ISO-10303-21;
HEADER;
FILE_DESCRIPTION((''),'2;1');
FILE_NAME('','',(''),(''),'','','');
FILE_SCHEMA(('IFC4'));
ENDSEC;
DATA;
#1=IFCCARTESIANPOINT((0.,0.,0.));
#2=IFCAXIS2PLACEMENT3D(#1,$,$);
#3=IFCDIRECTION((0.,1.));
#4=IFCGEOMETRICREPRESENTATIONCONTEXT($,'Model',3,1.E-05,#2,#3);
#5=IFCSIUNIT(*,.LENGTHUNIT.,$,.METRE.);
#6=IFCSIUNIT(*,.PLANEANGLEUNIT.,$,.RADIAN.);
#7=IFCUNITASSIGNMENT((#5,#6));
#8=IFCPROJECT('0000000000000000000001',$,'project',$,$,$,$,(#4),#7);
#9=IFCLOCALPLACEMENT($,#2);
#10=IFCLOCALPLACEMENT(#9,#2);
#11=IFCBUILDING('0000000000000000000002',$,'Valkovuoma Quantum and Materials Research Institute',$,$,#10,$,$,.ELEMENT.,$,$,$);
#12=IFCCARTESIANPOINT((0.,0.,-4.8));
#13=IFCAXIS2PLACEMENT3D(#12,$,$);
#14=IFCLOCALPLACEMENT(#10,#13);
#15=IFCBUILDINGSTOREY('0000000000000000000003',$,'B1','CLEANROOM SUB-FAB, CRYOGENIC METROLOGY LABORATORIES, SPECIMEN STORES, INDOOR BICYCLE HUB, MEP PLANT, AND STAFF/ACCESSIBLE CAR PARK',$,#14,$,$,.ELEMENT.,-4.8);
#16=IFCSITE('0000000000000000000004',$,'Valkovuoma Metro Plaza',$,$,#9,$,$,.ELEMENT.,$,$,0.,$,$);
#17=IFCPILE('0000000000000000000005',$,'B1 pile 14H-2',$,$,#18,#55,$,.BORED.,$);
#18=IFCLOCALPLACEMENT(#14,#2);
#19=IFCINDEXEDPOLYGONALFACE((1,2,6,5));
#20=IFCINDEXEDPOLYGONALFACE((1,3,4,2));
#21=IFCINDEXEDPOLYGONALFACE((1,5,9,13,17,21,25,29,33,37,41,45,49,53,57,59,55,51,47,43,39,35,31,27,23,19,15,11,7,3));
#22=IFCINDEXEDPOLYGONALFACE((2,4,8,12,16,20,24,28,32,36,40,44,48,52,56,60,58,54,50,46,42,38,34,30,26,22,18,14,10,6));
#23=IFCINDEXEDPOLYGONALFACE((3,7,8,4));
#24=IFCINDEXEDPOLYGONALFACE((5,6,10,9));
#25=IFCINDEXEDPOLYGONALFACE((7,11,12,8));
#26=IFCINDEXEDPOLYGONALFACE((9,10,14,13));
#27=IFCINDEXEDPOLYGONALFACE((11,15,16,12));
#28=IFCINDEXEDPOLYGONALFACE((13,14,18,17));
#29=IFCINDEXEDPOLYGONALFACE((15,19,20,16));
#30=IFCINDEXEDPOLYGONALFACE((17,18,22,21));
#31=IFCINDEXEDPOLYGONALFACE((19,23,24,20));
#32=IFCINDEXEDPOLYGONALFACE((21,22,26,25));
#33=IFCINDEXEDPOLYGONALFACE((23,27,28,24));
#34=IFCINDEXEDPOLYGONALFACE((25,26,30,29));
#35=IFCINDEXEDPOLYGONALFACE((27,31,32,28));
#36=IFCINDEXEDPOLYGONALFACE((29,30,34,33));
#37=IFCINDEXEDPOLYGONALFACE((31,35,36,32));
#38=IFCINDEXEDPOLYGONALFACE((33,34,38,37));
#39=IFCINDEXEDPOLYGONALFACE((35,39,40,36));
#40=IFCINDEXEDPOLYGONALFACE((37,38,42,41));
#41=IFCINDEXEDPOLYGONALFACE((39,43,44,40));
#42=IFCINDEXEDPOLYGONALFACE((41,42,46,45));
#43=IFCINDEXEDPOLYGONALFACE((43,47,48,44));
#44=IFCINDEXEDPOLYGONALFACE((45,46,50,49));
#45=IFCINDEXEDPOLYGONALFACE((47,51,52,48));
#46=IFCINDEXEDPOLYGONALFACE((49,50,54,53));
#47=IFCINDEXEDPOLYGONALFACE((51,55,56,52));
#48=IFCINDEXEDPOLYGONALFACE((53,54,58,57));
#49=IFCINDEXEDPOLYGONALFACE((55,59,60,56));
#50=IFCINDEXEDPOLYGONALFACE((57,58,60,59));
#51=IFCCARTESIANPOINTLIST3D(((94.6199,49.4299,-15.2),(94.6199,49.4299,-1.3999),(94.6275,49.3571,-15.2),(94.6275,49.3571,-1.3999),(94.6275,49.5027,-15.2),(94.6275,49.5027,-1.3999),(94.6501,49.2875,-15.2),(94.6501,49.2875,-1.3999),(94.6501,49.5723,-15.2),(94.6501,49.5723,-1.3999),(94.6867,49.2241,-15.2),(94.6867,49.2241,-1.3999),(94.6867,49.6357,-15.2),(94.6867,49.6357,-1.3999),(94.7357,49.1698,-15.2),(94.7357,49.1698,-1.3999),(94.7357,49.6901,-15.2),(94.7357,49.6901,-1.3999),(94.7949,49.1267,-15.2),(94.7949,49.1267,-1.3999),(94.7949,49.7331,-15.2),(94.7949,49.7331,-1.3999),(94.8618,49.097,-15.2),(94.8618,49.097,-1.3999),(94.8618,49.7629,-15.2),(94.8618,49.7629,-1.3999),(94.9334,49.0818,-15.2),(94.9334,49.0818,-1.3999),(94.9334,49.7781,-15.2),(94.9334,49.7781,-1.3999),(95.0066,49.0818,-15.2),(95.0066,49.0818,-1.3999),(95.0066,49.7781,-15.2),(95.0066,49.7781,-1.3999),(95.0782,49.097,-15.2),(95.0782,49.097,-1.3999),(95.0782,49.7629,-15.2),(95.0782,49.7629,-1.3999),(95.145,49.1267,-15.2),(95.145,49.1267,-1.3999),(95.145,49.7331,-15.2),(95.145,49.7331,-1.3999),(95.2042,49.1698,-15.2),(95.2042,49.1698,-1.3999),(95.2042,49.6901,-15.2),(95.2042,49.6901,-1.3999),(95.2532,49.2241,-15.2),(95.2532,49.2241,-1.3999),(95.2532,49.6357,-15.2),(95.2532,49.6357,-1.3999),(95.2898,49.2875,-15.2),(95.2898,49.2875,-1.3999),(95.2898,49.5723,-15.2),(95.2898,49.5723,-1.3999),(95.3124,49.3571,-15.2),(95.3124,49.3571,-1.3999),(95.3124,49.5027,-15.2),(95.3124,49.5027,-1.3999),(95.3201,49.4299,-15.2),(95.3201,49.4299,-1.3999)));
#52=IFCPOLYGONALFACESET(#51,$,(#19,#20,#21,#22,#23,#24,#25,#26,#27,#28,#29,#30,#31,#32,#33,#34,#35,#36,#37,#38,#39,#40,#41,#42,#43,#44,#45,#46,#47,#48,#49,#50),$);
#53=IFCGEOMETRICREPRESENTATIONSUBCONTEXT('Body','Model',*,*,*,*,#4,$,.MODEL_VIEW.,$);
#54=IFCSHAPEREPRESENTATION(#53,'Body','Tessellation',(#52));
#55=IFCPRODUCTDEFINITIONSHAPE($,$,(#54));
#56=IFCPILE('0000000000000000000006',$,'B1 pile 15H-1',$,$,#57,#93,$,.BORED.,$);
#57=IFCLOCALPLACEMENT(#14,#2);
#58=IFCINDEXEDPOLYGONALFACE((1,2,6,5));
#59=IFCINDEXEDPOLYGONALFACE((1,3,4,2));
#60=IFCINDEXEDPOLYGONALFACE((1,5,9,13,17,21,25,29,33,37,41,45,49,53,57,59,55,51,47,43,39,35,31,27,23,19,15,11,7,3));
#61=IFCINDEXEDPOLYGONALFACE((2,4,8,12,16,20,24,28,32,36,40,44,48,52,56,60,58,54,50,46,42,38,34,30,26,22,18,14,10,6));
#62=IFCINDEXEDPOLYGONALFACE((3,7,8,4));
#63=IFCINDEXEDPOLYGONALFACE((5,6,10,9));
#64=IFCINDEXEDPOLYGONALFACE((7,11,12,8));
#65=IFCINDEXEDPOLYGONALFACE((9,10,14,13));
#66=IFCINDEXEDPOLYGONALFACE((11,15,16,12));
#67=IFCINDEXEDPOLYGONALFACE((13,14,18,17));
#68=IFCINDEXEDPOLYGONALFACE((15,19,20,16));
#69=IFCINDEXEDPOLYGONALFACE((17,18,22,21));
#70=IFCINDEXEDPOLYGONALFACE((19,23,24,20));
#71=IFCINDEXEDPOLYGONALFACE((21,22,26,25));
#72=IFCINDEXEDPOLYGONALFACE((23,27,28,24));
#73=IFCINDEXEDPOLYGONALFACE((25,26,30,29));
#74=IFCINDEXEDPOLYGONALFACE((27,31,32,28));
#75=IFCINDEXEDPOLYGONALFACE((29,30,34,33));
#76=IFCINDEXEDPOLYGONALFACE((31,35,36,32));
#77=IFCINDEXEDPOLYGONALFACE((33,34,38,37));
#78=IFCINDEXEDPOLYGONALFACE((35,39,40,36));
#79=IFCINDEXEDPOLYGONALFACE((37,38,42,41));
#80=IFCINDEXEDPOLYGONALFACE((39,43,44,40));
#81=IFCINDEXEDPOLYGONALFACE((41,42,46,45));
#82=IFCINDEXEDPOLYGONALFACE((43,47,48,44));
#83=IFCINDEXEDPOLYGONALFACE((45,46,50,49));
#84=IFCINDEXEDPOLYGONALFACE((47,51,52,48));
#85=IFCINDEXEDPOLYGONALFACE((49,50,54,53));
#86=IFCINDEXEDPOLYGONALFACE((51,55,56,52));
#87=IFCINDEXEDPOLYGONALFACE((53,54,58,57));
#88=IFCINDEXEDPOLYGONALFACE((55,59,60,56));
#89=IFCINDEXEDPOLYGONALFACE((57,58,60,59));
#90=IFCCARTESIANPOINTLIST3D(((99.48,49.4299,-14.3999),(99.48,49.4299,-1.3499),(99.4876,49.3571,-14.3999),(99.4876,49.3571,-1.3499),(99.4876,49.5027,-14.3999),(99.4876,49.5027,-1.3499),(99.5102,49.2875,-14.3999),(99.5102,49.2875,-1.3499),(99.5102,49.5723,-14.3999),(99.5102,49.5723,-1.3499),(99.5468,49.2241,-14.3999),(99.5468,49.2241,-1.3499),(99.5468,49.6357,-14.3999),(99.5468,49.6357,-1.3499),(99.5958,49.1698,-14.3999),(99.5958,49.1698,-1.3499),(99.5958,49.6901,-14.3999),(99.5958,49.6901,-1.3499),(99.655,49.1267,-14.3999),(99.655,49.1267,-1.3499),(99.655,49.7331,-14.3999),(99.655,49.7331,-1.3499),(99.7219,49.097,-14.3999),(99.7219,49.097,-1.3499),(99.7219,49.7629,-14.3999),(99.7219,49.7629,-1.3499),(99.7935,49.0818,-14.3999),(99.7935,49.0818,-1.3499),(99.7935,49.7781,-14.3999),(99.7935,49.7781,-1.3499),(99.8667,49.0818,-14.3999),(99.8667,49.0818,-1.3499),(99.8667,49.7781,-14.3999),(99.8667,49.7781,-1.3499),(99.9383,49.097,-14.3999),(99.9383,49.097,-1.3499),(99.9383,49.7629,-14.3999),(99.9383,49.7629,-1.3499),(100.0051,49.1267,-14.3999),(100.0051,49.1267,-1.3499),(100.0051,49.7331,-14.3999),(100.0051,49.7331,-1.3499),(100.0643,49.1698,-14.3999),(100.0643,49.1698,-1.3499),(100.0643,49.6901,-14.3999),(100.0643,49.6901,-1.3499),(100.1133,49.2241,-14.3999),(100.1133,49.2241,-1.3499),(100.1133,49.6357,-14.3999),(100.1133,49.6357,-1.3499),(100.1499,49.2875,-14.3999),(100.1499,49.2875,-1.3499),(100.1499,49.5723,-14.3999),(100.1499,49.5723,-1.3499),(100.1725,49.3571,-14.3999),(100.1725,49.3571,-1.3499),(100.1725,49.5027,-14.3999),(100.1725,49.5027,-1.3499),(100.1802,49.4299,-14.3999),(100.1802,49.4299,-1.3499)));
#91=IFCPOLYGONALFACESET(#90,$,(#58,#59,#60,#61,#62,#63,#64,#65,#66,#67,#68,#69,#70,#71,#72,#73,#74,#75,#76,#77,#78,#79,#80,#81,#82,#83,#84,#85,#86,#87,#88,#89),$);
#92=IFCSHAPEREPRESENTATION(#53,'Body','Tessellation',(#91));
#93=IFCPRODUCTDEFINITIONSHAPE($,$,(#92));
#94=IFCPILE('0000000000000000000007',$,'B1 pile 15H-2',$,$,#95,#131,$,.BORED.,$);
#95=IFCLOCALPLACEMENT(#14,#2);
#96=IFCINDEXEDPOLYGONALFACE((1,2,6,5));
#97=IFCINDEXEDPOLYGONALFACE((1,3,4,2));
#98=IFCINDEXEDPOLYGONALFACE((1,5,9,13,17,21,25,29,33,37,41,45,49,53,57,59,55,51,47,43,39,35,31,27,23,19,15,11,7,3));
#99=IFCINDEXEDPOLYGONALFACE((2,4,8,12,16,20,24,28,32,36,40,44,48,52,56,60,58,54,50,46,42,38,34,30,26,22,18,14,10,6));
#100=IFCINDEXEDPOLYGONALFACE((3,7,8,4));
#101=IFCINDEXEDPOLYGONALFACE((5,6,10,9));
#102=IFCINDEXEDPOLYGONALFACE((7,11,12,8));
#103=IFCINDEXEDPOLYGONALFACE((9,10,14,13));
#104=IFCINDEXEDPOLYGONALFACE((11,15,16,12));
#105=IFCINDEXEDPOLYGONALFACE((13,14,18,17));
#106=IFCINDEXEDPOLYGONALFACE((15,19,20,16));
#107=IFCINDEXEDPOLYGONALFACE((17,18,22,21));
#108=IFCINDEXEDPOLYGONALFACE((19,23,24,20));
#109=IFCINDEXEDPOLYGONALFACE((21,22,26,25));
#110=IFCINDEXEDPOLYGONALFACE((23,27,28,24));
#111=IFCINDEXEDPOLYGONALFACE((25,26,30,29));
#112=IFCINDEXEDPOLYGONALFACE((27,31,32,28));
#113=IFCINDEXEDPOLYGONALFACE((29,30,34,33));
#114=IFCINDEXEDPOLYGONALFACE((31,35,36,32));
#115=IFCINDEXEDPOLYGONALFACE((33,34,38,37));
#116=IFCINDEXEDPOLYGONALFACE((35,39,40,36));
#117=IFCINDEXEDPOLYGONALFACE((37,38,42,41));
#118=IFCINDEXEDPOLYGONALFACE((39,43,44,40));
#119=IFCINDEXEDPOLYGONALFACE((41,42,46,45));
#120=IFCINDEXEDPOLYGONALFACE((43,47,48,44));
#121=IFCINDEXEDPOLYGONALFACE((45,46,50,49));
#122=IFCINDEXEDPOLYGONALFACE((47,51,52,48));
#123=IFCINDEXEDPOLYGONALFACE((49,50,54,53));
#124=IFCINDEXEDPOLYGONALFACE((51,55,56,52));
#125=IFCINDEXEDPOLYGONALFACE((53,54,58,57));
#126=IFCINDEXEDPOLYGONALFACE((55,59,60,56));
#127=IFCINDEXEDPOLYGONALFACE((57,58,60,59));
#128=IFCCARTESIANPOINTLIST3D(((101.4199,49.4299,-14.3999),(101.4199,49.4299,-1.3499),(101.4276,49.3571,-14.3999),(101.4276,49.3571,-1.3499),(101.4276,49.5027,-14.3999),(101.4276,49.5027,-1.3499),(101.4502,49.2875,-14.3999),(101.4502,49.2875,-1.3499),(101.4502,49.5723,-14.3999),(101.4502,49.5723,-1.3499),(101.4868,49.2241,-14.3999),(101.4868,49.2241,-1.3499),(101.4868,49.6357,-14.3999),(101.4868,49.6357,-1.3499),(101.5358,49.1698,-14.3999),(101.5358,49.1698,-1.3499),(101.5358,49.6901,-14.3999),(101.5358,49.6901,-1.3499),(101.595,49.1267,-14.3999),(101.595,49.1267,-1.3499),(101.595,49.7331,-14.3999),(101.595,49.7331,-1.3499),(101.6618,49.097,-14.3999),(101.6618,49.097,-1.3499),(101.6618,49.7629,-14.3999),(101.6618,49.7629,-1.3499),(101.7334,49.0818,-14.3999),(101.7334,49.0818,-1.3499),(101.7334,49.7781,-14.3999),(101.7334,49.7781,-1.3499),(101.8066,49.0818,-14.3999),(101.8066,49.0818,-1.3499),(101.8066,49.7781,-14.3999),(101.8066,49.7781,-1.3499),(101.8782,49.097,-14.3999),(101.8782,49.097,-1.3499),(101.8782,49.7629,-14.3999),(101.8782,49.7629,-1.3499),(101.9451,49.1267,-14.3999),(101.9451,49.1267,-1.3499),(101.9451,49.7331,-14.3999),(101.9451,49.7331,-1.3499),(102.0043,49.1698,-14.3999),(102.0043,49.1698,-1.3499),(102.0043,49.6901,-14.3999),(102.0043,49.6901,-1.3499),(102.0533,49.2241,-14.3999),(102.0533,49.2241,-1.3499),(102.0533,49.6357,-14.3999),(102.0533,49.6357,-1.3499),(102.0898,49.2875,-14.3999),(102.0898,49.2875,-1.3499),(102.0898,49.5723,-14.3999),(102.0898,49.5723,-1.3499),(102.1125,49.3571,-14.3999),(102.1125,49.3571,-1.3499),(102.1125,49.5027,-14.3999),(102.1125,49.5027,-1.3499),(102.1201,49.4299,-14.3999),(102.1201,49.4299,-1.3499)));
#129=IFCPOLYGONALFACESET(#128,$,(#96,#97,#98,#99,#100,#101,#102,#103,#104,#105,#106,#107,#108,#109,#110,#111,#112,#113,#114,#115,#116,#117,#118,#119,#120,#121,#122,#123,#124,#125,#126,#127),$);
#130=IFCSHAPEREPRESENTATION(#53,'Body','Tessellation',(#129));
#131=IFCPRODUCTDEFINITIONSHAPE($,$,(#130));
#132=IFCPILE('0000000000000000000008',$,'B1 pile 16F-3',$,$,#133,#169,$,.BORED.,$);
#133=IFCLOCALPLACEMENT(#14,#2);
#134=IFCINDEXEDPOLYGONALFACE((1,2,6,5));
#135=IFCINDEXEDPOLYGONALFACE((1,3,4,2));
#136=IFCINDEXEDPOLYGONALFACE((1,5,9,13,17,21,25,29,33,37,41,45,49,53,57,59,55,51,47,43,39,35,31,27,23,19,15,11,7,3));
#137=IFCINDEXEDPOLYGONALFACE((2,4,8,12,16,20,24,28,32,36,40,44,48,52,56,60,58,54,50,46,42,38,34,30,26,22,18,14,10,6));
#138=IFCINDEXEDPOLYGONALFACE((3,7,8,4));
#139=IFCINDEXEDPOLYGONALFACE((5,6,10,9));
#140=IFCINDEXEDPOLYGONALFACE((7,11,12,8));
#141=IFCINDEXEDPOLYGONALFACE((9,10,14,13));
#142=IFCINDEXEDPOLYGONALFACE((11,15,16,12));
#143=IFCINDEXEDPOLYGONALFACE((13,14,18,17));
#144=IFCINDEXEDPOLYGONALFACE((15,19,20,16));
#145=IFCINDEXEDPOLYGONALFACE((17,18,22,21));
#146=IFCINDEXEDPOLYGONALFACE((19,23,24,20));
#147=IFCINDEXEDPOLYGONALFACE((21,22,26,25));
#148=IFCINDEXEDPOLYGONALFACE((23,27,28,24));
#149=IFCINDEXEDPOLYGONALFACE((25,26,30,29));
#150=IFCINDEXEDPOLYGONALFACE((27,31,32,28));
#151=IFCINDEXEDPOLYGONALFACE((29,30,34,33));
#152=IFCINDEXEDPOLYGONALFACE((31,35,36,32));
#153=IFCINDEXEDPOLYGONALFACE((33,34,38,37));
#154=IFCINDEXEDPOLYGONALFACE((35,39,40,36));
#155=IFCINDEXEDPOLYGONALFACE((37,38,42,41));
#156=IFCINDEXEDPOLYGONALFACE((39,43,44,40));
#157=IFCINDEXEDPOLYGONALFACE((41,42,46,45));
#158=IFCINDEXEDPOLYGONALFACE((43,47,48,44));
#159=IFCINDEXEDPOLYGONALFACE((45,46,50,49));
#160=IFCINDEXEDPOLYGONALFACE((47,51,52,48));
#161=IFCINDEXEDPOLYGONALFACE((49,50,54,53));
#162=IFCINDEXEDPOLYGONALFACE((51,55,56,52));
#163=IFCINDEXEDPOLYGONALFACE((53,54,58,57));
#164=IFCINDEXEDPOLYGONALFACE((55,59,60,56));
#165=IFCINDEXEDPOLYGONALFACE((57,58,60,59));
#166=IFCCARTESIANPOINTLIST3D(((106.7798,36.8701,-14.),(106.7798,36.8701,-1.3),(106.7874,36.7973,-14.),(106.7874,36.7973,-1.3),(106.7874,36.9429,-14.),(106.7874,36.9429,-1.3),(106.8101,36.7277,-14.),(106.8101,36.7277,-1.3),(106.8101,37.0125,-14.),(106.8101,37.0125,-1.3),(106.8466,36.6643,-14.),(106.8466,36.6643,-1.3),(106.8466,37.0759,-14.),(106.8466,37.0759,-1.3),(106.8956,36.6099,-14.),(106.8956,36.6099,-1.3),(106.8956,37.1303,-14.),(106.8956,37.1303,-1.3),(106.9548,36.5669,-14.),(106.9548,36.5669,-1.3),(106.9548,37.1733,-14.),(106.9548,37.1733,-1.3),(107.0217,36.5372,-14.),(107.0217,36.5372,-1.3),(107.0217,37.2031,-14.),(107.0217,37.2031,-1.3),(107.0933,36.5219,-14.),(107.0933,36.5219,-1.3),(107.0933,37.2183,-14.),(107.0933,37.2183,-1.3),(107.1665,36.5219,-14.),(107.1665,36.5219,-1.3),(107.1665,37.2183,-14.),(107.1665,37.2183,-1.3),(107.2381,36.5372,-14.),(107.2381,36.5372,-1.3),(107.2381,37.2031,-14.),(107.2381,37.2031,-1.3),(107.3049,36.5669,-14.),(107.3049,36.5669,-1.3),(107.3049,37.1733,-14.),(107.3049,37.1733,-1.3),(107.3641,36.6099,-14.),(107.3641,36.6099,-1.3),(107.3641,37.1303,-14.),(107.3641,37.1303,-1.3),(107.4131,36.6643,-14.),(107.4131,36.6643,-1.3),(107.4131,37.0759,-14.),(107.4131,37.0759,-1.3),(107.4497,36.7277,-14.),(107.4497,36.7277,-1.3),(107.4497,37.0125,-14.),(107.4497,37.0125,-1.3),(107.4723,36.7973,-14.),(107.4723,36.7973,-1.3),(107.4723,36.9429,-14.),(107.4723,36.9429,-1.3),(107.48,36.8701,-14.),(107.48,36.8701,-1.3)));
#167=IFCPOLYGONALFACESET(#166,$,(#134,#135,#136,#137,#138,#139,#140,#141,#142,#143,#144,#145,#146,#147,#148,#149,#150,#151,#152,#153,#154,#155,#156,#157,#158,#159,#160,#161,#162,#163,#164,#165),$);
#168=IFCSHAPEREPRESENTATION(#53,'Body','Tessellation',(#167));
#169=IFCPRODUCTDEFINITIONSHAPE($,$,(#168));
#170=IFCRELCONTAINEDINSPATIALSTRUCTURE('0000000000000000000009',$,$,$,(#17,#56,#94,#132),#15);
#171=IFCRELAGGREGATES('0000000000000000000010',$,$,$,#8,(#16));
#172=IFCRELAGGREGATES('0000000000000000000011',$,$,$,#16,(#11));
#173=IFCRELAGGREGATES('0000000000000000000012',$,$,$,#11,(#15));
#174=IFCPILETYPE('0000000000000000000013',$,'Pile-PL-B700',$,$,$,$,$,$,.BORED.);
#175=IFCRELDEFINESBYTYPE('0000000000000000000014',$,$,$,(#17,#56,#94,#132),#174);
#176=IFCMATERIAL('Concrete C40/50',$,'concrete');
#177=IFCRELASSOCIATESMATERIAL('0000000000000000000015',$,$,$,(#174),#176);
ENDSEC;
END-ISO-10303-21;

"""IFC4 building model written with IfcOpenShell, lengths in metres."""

from ifc_helpers import new_model, si_unit, direction, frame, origin, origin_2d, place, context, subcontext, project, spatial, circle, extrude, material, material_profile, profile_set, type_object, element, save


model = new_model("IFC4")

# Units and contexts
model_context = context("Model", 3, precision=1e-05, world=origin(), true_north=direction((0.0, 1.0)))
body_context = subcontext(model_context, "Body", "Model", "MODEL_VIEW")
ifc_project = project(units=[si_unit("LENGTHUNIT", "METRE"), si_unit("PLANEANGLEUNIT", "RADIAN")], contexts=[model_context])

# Site, building, storey
site_placement = place(None, origin())
site = spatial("IfcSite", under=ifc_project, at=site_placement, Name="Valkovuoma Metro Plaza", CompositionType="ELEMENT", RefElevation=0.0)
building_placement = place(site_placement, origin())
building = spatial("IfcBuilding", under=site, at=building_placement, Name="Valkovuoma Quantum and Materials Research Institute", CompositionType="ELEMENT")
storey_placement = place(building_placement, frame((0.0, 0.0, -4.8)))
storey = spatial("IfcBuildingStorey", under=building, at=storey_placement, Name="B1", Description="CLEANROOM SUB-FAB, CRYOGENIC METROLOGY LABORATORIES, SPECIMEN STORES, INDOOR BICYCLE HUB, MEP PLANT, AND STAFF/ACCESSIBLE CAR PARK", CompositionType="ELEMENT", Elevation=-4.8)

# Piles
ifc_material_1 = material(Name="Concrete C40/50", Category="concrete")
ifc_material_profile_1 = material_profile(ifc_material_1, circle(Radius=0.3501, at=origin_2d()), Name="Concrete C40/50")
ifc_profile_set_1 = profile_set([ifc_material_profile_1], Name="Concrete C40/50")
pile_type_1 = type_object("IfcPileType", Name="Pile-PL-B700", PredefinedType="BORED", material=ifc_profile_set_1)
pile_1_placement = place(storey_placement, frame((94.97, 49.4299, -1.3999), z_axis=(0.0, 0.0, -1.0), x_axis=(1.0, 0.0, 0.0)))
element("IfcPile", 1, at=pile_1_placement, inside=storey, type_object=pile_type_1, Name="B1 pile 14H-2", PredefinedType="BORED", context=body_context, shape_type="SweptSolid", body=[
    extrude(circle(Radius=0.3501, at=origin_2d()), origin(), (0.0, 0.0, 1.0), 13.8),
])
for number, where, z_axis, x_axis, name in (
    (2, (99.8301, 49.4299, -1.3499), (0.0, 0.0, -1.0), (1.0, 0.0, 0.0), "B1 pile 15H-1"),
    (3, (101.77, 49.4299, -1.3499), (0.0, 0.0, -1.0), (1.0, 0.0, 0.0), "B1 pile 15H-2"),
):
    element("IfcPile", number, at=place(storey_placement, frame(where, z_axis=z_axis, x_axis=x_axis)), inside=storey, type_object=pile_type_1, Name=name, PredefinedType="BORED", context=body_context, shape_type="SweptSolid", body=[
        extrude(circle(Radius=0.3501, at=origin_2d()), origin(), (0.0, 0.0, 1.0), 13.05),
    ])
pile_2_placement = place(storey_placement, frame((107.1299, 36.8701, -1.3), z_axis=(0.0, 0.0, -1.0), x_axis=(1.0, 0.0, 0.0)))
element("IfcPile", 4, at=pile_2_placement, inside=storey, type_object=pile_type_1, Name="B1 pile 16F-3", PredefinedType="BORED", context=body_context, shape_type="SweptSolid", body=[
    extrude(circle(Radius=0.3501, at=origin_2d()), origin(), (0.0, 0.0, 1.0), 12.7),
])

save(model, "model.ifc")
